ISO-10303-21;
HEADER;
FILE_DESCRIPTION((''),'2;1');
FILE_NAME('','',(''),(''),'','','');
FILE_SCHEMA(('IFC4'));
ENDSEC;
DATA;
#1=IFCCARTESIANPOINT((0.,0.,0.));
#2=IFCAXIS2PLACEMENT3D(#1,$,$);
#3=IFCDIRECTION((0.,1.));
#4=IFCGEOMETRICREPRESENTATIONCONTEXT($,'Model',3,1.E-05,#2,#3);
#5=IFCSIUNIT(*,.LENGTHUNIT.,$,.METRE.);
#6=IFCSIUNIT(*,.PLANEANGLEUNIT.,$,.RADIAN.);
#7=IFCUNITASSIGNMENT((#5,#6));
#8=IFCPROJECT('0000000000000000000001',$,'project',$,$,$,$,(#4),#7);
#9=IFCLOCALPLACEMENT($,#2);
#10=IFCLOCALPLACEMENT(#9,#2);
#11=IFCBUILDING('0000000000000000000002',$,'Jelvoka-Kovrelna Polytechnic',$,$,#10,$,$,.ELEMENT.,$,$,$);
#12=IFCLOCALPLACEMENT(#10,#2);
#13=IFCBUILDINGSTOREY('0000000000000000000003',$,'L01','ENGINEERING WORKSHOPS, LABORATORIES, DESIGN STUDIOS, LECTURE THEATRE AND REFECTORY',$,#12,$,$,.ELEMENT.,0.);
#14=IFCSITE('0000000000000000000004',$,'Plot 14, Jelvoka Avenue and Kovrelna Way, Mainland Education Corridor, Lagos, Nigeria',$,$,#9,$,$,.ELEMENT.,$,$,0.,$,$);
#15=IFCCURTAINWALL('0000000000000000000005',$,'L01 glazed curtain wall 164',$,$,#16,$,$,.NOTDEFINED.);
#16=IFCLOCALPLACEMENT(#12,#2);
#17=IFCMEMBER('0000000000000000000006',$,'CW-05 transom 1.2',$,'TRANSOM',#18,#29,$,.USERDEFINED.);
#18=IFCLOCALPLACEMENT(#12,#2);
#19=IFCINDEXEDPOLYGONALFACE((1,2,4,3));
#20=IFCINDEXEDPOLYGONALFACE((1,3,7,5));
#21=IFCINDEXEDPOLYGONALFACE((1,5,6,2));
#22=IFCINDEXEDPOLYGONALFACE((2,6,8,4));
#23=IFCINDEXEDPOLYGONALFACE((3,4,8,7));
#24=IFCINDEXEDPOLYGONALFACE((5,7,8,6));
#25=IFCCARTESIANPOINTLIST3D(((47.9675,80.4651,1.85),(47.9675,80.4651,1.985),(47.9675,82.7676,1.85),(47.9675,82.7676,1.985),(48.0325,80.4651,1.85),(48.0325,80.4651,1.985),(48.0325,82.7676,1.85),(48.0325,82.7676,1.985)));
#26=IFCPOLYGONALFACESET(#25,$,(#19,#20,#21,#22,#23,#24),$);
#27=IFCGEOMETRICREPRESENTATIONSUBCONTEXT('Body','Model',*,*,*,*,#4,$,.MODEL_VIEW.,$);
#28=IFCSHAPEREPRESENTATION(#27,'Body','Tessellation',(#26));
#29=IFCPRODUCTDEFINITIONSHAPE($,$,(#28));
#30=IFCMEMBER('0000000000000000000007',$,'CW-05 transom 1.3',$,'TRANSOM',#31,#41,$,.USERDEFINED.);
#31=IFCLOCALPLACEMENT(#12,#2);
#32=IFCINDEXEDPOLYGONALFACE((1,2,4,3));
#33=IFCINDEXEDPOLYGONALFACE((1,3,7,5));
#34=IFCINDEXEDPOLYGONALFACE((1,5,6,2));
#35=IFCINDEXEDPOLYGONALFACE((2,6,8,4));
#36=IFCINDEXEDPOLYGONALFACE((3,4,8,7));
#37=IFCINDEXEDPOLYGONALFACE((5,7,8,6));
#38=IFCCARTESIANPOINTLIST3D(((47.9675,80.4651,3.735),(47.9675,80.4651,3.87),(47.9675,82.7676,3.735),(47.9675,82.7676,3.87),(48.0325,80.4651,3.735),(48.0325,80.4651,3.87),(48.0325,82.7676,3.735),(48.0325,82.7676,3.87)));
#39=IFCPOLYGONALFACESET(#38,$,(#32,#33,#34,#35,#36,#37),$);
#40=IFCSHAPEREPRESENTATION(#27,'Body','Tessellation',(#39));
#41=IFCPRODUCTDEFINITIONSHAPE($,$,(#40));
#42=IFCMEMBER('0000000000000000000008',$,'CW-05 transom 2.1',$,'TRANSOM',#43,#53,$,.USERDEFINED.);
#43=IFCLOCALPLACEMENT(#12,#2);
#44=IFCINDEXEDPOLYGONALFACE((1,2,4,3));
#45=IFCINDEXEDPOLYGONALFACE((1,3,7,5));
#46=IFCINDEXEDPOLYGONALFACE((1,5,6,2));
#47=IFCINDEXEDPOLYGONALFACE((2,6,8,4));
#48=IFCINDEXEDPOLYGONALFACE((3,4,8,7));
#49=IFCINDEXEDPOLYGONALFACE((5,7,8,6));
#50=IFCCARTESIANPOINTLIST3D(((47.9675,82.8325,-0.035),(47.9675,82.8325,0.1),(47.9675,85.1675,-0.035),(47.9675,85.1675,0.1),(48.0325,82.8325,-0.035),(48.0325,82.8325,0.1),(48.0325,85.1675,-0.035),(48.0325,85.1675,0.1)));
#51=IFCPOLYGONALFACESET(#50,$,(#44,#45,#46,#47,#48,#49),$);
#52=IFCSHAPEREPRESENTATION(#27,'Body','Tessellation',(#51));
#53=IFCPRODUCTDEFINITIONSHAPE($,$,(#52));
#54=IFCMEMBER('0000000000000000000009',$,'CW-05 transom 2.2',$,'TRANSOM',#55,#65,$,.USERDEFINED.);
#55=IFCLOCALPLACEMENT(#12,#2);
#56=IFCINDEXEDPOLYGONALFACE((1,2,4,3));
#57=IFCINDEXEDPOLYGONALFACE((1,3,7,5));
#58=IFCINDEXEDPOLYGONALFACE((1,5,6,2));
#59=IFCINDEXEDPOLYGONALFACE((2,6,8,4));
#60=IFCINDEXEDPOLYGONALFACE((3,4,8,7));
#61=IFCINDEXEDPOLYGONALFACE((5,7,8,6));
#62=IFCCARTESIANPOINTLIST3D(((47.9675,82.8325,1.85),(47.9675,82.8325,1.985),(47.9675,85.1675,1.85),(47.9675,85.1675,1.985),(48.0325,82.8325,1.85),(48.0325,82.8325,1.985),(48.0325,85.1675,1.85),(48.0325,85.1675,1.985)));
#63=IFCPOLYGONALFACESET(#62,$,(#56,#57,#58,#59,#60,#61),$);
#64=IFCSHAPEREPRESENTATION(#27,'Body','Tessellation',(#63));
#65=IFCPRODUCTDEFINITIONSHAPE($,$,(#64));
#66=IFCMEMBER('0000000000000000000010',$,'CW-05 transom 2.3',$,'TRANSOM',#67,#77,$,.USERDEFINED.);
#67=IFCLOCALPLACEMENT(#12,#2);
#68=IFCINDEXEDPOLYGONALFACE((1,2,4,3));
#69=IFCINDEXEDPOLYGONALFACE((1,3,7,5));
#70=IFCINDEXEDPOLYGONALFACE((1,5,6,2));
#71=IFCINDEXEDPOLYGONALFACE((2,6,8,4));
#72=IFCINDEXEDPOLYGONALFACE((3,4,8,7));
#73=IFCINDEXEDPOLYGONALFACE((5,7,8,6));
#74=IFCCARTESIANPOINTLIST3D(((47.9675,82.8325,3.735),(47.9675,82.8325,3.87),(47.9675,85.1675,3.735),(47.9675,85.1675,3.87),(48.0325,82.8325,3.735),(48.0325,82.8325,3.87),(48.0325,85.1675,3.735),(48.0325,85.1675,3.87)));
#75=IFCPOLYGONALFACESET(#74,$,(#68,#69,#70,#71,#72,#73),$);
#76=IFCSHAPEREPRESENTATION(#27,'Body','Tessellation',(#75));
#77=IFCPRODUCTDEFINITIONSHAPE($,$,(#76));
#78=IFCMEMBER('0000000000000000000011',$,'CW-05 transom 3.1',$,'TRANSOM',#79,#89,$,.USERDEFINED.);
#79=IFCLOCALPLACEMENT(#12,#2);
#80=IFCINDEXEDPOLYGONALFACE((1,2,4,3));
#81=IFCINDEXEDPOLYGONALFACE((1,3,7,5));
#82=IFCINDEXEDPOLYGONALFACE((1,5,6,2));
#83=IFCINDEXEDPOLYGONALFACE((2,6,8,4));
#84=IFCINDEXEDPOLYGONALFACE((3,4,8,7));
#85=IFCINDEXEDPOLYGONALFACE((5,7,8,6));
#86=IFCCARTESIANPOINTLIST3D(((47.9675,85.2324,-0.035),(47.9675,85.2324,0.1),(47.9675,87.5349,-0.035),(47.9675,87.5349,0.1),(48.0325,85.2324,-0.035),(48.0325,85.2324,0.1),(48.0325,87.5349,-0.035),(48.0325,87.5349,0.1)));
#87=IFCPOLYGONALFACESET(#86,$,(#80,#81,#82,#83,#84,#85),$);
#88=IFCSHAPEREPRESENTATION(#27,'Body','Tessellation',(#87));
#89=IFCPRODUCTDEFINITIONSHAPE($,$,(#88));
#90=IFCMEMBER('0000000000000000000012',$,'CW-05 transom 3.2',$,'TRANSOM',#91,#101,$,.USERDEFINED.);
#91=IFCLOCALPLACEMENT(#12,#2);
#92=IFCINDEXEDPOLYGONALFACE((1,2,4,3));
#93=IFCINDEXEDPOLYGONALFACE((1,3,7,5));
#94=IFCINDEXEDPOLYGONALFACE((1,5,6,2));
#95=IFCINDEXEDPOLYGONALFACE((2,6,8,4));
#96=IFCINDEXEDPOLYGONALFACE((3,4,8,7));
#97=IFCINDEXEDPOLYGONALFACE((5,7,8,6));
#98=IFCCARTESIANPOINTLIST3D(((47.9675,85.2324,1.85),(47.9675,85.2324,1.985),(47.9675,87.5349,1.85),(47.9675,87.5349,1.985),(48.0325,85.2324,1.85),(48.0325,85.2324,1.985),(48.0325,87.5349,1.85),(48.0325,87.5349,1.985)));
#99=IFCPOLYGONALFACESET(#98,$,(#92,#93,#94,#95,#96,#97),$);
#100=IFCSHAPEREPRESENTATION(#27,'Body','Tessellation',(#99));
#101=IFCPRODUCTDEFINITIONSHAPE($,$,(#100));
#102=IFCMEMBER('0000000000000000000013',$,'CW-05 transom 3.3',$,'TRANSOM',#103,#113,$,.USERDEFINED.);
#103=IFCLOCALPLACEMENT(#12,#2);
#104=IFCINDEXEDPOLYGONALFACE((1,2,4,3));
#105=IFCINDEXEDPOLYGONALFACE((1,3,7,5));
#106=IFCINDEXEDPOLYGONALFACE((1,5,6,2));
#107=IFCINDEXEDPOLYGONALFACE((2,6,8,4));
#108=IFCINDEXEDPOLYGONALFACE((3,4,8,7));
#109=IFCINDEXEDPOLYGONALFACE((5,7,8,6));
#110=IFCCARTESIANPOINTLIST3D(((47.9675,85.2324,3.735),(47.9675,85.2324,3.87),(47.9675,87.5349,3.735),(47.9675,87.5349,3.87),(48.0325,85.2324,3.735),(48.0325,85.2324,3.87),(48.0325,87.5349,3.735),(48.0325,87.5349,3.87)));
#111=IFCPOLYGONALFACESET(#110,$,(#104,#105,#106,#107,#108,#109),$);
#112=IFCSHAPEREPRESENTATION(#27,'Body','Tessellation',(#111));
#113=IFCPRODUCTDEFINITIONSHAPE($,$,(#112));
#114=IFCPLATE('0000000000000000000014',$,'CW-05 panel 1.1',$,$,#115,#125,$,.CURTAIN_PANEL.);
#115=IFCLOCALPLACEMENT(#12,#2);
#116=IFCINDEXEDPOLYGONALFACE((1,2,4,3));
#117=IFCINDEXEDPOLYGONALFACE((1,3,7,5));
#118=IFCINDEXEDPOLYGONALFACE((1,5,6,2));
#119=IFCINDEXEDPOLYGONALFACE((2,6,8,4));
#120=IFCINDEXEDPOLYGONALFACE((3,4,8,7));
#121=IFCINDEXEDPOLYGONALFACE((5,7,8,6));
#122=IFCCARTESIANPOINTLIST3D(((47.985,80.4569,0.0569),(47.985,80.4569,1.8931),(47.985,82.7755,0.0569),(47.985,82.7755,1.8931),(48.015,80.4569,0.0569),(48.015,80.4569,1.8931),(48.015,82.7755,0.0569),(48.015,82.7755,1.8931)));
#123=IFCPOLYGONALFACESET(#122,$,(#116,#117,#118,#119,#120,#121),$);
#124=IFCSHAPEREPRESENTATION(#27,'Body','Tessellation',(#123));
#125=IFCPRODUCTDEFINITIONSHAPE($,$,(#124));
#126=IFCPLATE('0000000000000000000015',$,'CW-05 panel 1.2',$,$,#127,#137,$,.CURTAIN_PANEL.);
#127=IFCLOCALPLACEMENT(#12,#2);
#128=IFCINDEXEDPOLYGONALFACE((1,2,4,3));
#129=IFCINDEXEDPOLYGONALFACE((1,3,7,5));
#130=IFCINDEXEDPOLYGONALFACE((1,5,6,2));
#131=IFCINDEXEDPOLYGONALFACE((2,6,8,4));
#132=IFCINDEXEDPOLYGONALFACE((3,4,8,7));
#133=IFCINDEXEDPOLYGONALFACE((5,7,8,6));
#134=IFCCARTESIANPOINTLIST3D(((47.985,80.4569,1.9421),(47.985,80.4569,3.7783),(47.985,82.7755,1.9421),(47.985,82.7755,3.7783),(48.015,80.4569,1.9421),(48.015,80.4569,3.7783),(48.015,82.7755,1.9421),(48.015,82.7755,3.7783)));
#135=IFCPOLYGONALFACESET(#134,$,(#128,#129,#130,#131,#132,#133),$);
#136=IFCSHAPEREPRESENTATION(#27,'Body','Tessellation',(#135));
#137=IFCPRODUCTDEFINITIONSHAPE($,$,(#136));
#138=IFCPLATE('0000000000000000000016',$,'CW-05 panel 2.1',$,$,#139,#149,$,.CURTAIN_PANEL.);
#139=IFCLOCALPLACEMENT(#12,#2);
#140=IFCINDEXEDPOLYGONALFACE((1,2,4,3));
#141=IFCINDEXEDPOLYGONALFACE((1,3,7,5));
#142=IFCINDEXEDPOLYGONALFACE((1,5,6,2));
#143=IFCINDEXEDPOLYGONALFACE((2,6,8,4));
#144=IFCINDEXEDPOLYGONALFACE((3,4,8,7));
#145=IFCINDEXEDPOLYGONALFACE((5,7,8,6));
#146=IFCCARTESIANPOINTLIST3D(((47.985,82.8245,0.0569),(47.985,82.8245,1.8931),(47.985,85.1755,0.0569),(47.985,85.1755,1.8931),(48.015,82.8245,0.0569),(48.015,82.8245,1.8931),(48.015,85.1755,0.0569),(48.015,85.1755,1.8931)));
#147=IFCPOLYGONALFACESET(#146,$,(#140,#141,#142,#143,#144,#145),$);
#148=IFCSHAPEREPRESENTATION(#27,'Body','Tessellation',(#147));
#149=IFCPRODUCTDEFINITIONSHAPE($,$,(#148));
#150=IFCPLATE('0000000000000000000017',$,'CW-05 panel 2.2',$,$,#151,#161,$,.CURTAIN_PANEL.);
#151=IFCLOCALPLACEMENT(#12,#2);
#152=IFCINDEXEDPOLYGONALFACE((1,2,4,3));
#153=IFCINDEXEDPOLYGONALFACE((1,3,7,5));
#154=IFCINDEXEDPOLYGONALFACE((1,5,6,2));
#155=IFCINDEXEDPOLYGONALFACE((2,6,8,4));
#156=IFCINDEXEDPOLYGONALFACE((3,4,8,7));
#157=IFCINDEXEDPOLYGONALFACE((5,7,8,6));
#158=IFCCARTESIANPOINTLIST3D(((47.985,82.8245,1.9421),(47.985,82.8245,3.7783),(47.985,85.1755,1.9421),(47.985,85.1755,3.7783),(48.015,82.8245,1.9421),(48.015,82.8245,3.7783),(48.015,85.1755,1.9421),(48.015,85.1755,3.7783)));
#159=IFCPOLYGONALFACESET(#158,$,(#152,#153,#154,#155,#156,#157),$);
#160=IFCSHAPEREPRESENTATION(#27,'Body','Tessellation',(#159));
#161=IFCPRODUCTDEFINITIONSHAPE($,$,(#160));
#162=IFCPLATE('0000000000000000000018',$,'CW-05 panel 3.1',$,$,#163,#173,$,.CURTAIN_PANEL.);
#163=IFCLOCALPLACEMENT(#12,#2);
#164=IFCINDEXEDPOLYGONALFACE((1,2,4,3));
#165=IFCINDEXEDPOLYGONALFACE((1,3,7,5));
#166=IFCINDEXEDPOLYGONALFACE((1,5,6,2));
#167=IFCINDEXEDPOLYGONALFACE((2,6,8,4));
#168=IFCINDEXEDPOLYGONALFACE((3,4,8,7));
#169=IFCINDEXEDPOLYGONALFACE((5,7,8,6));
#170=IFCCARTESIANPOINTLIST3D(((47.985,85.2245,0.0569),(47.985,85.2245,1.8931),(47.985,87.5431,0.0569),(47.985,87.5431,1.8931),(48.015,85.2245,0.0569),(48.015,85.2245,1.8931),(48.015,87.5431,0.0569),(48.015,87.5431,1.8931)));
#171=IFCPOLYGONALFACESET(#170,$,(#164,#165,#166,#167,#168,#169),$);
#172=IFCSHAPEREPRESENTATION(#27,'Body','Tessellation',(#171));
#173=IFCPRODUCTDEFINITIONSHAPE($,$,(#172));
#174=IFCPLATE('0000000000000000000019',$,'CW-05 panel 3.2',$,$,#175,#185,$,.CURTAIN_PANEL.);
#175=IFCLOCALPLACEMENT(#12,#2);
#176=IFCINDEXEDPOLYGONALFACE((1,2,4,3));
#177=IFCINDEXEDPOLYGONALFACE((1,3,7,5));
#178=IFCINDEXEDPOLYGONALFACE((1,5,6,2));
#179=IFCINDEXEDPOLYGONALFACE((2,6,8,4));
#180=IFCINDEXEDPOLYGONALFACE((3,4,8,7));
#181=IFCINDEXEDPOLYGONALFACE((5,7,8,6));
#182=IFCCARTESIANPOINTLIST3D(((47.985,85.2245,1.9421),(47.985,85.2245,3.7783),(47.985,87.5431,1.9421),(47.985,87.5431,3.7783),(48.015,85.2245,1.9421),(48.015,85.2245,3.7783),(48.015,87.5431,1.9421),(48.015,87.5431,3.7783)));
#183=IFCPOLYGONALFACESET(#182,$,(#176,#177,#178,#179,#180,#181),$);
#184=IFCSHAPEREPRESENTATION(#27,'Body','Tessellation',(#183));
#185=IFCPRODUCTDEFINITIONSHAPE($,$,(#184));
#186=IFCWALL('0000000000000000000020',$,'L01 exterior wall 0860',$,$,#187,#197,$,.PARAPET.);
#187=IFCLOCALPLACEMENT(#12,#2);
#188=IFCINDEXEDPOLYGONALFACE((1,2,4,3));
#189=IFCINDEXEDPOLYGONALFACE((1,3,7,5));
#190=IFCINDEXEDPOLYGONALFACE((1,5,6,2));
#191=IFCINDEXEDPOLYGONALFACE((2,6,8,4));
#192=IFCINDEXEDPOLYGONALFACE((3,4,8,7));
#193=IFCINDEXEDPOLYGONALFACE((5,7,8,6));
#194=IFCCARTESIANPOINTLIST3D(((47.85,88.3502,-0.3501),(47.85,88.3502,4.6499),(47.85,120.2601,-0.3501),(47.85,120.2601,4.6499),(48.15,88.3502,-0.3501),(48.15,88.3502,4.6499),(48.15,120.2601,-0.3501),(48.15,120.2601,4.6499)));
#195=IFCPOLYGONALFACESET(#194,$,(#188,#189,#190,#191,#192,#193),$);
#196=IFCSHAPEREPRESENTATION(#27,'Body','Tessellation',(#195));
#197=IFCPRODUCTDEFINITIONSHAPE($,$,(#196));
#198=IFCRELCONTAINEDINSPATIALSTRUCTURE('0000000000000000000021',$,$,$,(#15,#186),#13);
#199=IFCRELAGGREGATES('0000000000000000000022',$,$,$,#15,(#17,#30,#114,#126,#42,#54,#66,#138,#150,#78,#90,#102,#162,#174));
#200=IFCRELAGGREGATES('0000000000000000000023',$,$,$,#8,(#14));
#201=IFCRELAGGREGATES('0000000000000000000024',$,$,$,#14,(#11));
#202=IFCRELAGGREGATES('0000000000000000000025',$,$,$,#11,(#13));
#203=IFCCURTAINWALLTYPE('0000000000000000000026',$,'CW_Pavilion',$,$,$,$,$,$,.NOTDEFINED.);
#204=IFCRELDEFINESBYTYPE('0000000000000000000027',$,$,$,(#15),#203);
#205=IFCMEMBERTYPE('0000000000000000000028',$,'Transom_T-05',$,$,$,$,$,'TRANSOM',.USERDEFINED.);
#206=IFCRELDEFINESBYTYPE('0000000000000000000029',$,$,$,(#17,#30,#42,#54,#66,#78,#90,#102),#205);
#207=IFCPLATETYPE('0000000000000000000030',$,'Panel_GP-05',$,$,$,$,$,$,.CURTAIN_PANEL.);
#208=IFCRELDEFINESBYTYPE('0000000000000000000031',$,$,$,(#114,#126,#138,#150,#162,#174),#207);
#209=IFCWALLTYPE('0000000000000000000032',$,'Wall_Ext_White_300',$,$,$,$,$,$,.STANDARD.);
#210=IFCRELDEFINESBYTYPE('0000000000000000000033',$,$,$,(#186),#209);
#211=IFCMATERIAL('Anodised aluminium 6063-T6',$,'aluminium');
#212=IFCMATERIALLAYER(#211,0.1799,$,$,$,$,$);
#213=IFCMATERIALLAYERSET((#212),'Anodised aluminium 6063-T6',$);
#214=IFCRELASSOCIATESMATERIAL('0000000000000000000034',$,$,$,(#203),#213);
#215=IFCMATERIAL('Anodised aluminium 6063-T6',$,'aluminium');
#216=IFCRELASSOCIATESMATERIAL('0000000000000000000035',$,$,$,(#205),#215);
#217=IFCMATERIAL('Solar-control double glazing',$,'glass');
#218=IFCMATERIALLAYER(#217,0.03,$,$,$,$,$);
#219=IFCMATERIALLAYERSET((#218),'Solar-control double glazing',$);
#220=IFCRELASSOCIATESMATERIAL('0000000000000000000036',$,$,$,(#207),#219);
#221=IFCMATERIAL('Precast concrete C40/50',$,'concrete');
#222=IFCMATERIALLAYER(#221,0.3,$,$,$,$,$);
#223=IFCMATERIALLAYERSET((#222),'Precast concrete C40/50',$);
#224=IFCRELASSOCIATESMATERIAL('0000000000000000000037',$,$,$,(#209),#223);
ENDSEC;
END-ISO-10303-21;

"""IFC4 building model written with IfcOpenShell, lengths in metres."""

from ifc_helpers import new_model, si_unit, direction, frame, frame_2d, origin, origin_2d, place, context, subcontext, project, spatial, rectangle, extrude, material, layer, layer_set, material_profile, profile_set, type_object, element, aggregate, save


model = new_model("IFC4")

# Units and contexts
model_context = context("Model", 3, precision=1e-05, world=origin(), true_north=direction((0.0, 1.0)))
body_context = subcontext(model_context, "Body", "Model", "MODEL_VIEW")
ifc_project = project(units=[si_unit("LENGTHUNIT", "METRE"), si_unit("PLANEANGLEUNIT", "RADIAN")], contexts=[model_context])

# Site, building, storey
site_placement = place(None, origin())
site = spatial("IfcSite", under=ifc_project, at=site_placement, Name="Plot 14, Jelvoka Avenue and Kovrelna Way, Mainland Education Corridor, Lagos, Nigeria", CompositionType="ELEMENT", RefElevation=0.0)
building_placement = place(site_placement, origin())
building = spatial("IfcBuilding", under=site, at=building_placement, Name="Jelvoka-Kovrelna Polytechnic", CompositionType="ELEMENT")
storey_placement = place(building_placement, origin())
storey = spatial("IfcBuildingStorey", under=building, at=storey_placement, Name="L01", Description="ENGINEERING WORKSHOPS, LABORATORIES, DESIGN STUDIOS, LECTURE THEATRE AND REFECTORY", CompositionType="ELEMENT", Elevation=0.0)

# Curtain wall
ifc_material_1 = material(Name="Anodised aluminium 6063-T6", Category="aluminium")
ifc_layer_1 = layer(ifc_material_1, 0.1799)
ifc_layer_set_1 = layer_set([ifc_layer_1], Name="Anodised aluminium 6063-T6")
curtain_wall_type = type_object("IfcCurtainWallType", Name="CW_Pavilion", PredefinedType="NOTDEFINED", material=ifc_layer_set_1)
curtain_wall_placement = place(storey_placement, origin())
curtain_wall = element("IfcCurtainWall", 1, at=curtain_wall_placement, inside=storey, type_object=curtain_wall_type, Name="L01 glazed curtain wall 164", PredefinedType="NOTDEFINED")

# Members
ifc_material_2 = material(Name="Anodised aluminium 6063-T6", Category="aluminium")
ifc_material_profile_1 = material_profile(ifc_material_2, rectangle(XDim=0.0649, YDim=0.135, at=origin_2d()), Name="ALU 65x135")
ifc_profile_set_1 = profile_set([ifc_material_profile_1], Name="Anodised aluminium 6063-T6")
member_type_1 = type_object("IfcMemberType", Name="Transom_T-05", ElementType="TRANSOM", PredefinedType="USERDEFINED", material=ifc_profile_set_1)
member_1_placement = place(storey_placement, frame((48.0, 80.4651, 1.9175), z_axis=(0.0, 1.0, 0.0), x_axis=(-1.0, 0.0, 0.0)))
member_1 = element("IfcMember", 2, at=member_1_placement, type_object=member_type_1, Name="CW-05 transom 1.2", ObjectType="TRANSOM", PredefinedType="USERDEFINED", context=body_context, shape_type="SweptSolid", body=[
    extrude(rectangle(XDim=0.0649, YDim=0.135, at=origin_2d()), origin(), (0.0, 0.0, 1.0), 2.3025),
])
member_2_placement = place(storey_placement, frame((48.0, 80.4651, 3.8025), z_axis=(0.0, 1.0, 0.0), x_axis=(-1.0, 0.0, 0.0)))
member_2 = element("IfcMember", 3, at=member_2_placement, type_object=member_type_1, Name="CW-05 transom 1.3", ObjectType="TRANSOM", PredefinedType="USERDEFINED", context=body_context, shape_type="SweptSolid", body=[
    extrude(rectangle(XDim=0.0649, YDim=0.135, at=origin_2d()), origin(), (0.0, 0.0, 1.0), 2.3025),
])
member_3_placement = place(storey_placement, frame((48.0, 82.8325, 0.0325), z_axis=(0.0, 1.0, 0.0), x_axis=(-1.0, 0.0, 0.0)))
member_3 = element("IfcMember", 4, at=member_3_placement, type_object=member_type_1, Name="CW-05 transom 2.1", ObjectType="TRANSOM", PredefinedType="USERDEFINED", context=body_context, shape_type="SweptSolid", body=[
    extrude(rectangle(XDim=0.0649, YDim=0.135, at=origin_2d()), origin(), (0.0, 0.0, 1.0), 2.335),
])
member_4_placement = place(storey_placement, frame((48.0, 82.8325, 1.9175), z_axis=(0.0, 1.0, 0.0), x_axis=(-1.0, 0.0, 0.0)))
member_4 = element("IfcMember", 5, at=member_4_placement, type_object=member_type_1, Name="CW-05 transom 2.2", ObjectType="TRANSOM", PredefinedType="USERDEFINED", context=body_context, shape_type="SweptSolid", body=[
    extrude(rectangle(XDim=0.0649, YDim=0.135, at=origin_2d()), origin(), (0.0, 0.0, 1.0), 2.335),
])
member_5_placement = place(storey_placement, frame((48.0, 82.8325, 3.8025), z_axis=(0.0, 1.0, 0.0), x_axis=(-1.0, 0.0, 0.0)))
member_5 = element("IfcMember", 6, at=member_5_placement, type_object=member_type_1, Name="CW-05 transom 2.3", ObjectType="TRANSOM", PredefinedType="USERDEFINED", context=body_context, shape_type="SweptSolid", body=[
    extrude(rectangle(XDim=0.0649, YDim=0.135, at=origin_2d()), origin(), (0.0, 0.0, 1.0), 2.335),
])
member_6_placement = place(storey_placement, frame((48.0, 85.2324, 0.0325), z_axis=(0.0, 1.0, 0.0), x_axis=(-1.0, 0.0, 0.0)))
member_6 = element("IfcMember", 7, at=member_6_placement, type_object=member_type_1, Name="CW-05 transom 3.1", ObjectType="TRANSOM", PredefinedType="USERDEFINED", context=body_context, shape_type="SweptSolid", body=[
    extrude(rectangle(XDim=0.0649, YDim=0.135, at=origin_2d()), origin(), (0.0, 0.0, 1.0), 2.3025),
])
member_7_placement = place(storey_placement, frame((48.0, 85.2324, 1.9175), z_axis=(0.0, 1.0, 0.0), x_axis=(-1.0, 0.0, 0.0)))
member_7 = element("IfcMember", 8, at=member_7_placement, type_object=member_type_1, Name="CW-05 transom 3.2", ObjectType="TRANSOM", PredefinedType="USERDEFINED", context=body_context, shape_type="SweptSolid", body=[
    extrude(rectangle(XDim=0.0649, YDim=0.135, at=origin_2d()), origin(), (0.0, 0.0, 1.0), 2.3025),
])
member_8_placement = place(storey_placement, frame((48.0, 85.2324, 3.8025), z_axis=(0.0, 1.0, 0.0), x_axis=(-1.0, 0.0, 0.0)))
member_8 = element("IfcMember", 9, at=member_8_placement, type_object=member_type_1, Name="CW-05 transom 3.3", ObjectType="TRANSOM", PredefinedType="USERDEFINED", context=body_context, shape_type="SweptSolid", body=[
    extrude(rectangle(XDim=0.0649, YDim=0.135, at=origin_2d()), origin(), (0.0, 0.0, 1.0), 2.3025),
])

# Plates
ifc_material_3 = material(Name="Solar-control double glazing", Category="glass")
ifc_layer_2 = layer(ifc_material_3, 0.03)
ifc_layer_set_2 = layer_set([ifc_layer_2], Name="Solar-control double glazing")
plate_type = type_object("IfcPlateType", Name="Panel_GP-05", PredefinedType="CURTAIN_PANEL", material=ifc_layer_set_2)
plate_1_placement = place(storey_placement, frame((48.0, 81.6162, 0.0569), z_axis=(0.0, 0.0, 1.0), x_axis=(0.0, 1.0, 0.0)))
plate_1 = element("IfcPlate", 10, at=plate_1_placement, type_object=plate_type, Name="CW-05 panel 1.1", PredefinedType="CURTAIN_PANEL", context=body_context, shape_type="SweptSolid", body=[
    extrude(rectangle(XDim=2.3186, YDim=0.03, at=origin_2d()), origin(), (0.0, 0.0, 1.0), 1.8362),
])
plate_2_placement = place(storey_placement, frame((48.0, 81.6162, 1.9421), z_axis=(0.0, 0.0, 1.0), x_axis=(0.0, 1.0, 0.0)))
plate_2 = element("IfcPlate", 11, at=plate_2_placement, type_object=plate_type, Name="CW-05 panel 1.2", PredefinedType="CURTAIN_PANEL", context=body_context, shape_type="SweptSolid", body=[
    extrude(rectangle(XDim=2.3186, YDim=0.03, at=origin_2d()), origin(), (0.0, 0.0, 1.0), 1.8362),
])
plate_3_placement = place(storey_placement, frame((48.0, 84.0, 0.0569), z_axis=(0.0, 0.0, 1.0), x_axis=(0.0, 1.0, 0.0)))
plate_3 = element("IfcPlate", 12, at=plate_3_placement, type_object=plate_type, Name="CW-05 panel 2.1", PredefinedType="CURTAIN_PANEL", context=body_context, shape_type="SweptSolid", body=[
    extrude(rectangle(XDim=2.3511, YDim=0.03, at=origin_2d()), origin(), (0.0, 0.0, 1.0), 1.8362),
])
plate_4_placement = place(storey_placement, frame((48.0, 84.0, 1.9421), z_axis=(0.0, 0.0, 1.0), x_axis=(0.0, 1.0, 0.0)))
plate_4 = element("IfcPlate", 13, at=plate_4_placement, type_object=plate_type, Name="CW-05 panel 2.2", PredefinedType="CURTAIN_PANEL", context=body_context, shape_type="SweptSolid", body=[
    extrude(rectangle(XDim=2.3511, YDim=0.03, at=origin_2d()), origin(), (0.0, 0.0, 1.0), 1.8362),
])
plate_5_placement = place(storey_placement, frame((48.0, 86.3838, 0.0569), z_axis=(0.0, 0.0, 1.0), x_axis=(0.0, 1.0, 0.0)))
plate_5 = element("IfcPlate", 14, at=plate_5_placement, type_object=plate_type, Name="CW-05 panel 3.1", PredefinedType="CURTAIN_PANEL", context=body_context, shape_type="SweptSolid", body=[
    extrude(rectangle(XDim=2.3186, YDim=0.03, at=origin_2d()), origin(), (0.0, 0.0, 1.0), 1.8362),
])
plate_6_placement = place(storey_placement, frame((48.0, 86.3838, 1.9421), z_axis=(0.0, 0.0, 1.0), x_axis=(0.0, 1.0, 0.0)))
plate_6 = element("IfcPlate", 15, at=plate_6_placement, type_object=plate_type, Name="CW-05 panel 3.2", PredefinedType="CURTAIN_PANEL", context=body_context, shape_type="SweptSolid", body=[
    extrude(rectangle(XDim=2.3186, YDim=0.03, at=origin_2d()), origin(), (0.0, 0.0, 1.0), 1.8362),
])
aggregate(curtain_wall, [member_1, member_2, plate_1, plate_2, member_3, member_4, member_5, plate_3, plate_4, member_6, member_7, member_8, plate_5, plate_6])

# Shared definitions
ifc_material_4 = material(Name="Precast concrete C40/50", Category="concrete")
ifc_layer_3 = layer(ifc_material_4, 0.3)
ifc_layer_set_3 = layer_set([ifc_layer_3], Name="Precast concrete C40/50")
wall_type = type_object("IfcWallType", Name="Wall_Ext_White_300", PredefinedType="STANDARD", material=ifc_layer_set_3)

# Wall
wall_1_placement = place(storey_placement, frame((48.0, 88.3501, -0.3501), z_axis=(0.0, 0.0, 1.0), x_axis=(0.0, 1.0, 0.0)))
element("IfcWall", 16, at=wall_1_placement, inside=storey, type_object=wall_type, Name="L01 exterior wall 0860", PredefinedType="PARAPET", context=body_context, shape_type="SweptSolid", body=[
    extrude(rectangle(XDim=31.9099, YDim=0.3, at=frame_2d((15.9551, 0.0))), origin(), (0.0, 0.0, 1.0), 5.0),
])

save(model, "model.ifc")
